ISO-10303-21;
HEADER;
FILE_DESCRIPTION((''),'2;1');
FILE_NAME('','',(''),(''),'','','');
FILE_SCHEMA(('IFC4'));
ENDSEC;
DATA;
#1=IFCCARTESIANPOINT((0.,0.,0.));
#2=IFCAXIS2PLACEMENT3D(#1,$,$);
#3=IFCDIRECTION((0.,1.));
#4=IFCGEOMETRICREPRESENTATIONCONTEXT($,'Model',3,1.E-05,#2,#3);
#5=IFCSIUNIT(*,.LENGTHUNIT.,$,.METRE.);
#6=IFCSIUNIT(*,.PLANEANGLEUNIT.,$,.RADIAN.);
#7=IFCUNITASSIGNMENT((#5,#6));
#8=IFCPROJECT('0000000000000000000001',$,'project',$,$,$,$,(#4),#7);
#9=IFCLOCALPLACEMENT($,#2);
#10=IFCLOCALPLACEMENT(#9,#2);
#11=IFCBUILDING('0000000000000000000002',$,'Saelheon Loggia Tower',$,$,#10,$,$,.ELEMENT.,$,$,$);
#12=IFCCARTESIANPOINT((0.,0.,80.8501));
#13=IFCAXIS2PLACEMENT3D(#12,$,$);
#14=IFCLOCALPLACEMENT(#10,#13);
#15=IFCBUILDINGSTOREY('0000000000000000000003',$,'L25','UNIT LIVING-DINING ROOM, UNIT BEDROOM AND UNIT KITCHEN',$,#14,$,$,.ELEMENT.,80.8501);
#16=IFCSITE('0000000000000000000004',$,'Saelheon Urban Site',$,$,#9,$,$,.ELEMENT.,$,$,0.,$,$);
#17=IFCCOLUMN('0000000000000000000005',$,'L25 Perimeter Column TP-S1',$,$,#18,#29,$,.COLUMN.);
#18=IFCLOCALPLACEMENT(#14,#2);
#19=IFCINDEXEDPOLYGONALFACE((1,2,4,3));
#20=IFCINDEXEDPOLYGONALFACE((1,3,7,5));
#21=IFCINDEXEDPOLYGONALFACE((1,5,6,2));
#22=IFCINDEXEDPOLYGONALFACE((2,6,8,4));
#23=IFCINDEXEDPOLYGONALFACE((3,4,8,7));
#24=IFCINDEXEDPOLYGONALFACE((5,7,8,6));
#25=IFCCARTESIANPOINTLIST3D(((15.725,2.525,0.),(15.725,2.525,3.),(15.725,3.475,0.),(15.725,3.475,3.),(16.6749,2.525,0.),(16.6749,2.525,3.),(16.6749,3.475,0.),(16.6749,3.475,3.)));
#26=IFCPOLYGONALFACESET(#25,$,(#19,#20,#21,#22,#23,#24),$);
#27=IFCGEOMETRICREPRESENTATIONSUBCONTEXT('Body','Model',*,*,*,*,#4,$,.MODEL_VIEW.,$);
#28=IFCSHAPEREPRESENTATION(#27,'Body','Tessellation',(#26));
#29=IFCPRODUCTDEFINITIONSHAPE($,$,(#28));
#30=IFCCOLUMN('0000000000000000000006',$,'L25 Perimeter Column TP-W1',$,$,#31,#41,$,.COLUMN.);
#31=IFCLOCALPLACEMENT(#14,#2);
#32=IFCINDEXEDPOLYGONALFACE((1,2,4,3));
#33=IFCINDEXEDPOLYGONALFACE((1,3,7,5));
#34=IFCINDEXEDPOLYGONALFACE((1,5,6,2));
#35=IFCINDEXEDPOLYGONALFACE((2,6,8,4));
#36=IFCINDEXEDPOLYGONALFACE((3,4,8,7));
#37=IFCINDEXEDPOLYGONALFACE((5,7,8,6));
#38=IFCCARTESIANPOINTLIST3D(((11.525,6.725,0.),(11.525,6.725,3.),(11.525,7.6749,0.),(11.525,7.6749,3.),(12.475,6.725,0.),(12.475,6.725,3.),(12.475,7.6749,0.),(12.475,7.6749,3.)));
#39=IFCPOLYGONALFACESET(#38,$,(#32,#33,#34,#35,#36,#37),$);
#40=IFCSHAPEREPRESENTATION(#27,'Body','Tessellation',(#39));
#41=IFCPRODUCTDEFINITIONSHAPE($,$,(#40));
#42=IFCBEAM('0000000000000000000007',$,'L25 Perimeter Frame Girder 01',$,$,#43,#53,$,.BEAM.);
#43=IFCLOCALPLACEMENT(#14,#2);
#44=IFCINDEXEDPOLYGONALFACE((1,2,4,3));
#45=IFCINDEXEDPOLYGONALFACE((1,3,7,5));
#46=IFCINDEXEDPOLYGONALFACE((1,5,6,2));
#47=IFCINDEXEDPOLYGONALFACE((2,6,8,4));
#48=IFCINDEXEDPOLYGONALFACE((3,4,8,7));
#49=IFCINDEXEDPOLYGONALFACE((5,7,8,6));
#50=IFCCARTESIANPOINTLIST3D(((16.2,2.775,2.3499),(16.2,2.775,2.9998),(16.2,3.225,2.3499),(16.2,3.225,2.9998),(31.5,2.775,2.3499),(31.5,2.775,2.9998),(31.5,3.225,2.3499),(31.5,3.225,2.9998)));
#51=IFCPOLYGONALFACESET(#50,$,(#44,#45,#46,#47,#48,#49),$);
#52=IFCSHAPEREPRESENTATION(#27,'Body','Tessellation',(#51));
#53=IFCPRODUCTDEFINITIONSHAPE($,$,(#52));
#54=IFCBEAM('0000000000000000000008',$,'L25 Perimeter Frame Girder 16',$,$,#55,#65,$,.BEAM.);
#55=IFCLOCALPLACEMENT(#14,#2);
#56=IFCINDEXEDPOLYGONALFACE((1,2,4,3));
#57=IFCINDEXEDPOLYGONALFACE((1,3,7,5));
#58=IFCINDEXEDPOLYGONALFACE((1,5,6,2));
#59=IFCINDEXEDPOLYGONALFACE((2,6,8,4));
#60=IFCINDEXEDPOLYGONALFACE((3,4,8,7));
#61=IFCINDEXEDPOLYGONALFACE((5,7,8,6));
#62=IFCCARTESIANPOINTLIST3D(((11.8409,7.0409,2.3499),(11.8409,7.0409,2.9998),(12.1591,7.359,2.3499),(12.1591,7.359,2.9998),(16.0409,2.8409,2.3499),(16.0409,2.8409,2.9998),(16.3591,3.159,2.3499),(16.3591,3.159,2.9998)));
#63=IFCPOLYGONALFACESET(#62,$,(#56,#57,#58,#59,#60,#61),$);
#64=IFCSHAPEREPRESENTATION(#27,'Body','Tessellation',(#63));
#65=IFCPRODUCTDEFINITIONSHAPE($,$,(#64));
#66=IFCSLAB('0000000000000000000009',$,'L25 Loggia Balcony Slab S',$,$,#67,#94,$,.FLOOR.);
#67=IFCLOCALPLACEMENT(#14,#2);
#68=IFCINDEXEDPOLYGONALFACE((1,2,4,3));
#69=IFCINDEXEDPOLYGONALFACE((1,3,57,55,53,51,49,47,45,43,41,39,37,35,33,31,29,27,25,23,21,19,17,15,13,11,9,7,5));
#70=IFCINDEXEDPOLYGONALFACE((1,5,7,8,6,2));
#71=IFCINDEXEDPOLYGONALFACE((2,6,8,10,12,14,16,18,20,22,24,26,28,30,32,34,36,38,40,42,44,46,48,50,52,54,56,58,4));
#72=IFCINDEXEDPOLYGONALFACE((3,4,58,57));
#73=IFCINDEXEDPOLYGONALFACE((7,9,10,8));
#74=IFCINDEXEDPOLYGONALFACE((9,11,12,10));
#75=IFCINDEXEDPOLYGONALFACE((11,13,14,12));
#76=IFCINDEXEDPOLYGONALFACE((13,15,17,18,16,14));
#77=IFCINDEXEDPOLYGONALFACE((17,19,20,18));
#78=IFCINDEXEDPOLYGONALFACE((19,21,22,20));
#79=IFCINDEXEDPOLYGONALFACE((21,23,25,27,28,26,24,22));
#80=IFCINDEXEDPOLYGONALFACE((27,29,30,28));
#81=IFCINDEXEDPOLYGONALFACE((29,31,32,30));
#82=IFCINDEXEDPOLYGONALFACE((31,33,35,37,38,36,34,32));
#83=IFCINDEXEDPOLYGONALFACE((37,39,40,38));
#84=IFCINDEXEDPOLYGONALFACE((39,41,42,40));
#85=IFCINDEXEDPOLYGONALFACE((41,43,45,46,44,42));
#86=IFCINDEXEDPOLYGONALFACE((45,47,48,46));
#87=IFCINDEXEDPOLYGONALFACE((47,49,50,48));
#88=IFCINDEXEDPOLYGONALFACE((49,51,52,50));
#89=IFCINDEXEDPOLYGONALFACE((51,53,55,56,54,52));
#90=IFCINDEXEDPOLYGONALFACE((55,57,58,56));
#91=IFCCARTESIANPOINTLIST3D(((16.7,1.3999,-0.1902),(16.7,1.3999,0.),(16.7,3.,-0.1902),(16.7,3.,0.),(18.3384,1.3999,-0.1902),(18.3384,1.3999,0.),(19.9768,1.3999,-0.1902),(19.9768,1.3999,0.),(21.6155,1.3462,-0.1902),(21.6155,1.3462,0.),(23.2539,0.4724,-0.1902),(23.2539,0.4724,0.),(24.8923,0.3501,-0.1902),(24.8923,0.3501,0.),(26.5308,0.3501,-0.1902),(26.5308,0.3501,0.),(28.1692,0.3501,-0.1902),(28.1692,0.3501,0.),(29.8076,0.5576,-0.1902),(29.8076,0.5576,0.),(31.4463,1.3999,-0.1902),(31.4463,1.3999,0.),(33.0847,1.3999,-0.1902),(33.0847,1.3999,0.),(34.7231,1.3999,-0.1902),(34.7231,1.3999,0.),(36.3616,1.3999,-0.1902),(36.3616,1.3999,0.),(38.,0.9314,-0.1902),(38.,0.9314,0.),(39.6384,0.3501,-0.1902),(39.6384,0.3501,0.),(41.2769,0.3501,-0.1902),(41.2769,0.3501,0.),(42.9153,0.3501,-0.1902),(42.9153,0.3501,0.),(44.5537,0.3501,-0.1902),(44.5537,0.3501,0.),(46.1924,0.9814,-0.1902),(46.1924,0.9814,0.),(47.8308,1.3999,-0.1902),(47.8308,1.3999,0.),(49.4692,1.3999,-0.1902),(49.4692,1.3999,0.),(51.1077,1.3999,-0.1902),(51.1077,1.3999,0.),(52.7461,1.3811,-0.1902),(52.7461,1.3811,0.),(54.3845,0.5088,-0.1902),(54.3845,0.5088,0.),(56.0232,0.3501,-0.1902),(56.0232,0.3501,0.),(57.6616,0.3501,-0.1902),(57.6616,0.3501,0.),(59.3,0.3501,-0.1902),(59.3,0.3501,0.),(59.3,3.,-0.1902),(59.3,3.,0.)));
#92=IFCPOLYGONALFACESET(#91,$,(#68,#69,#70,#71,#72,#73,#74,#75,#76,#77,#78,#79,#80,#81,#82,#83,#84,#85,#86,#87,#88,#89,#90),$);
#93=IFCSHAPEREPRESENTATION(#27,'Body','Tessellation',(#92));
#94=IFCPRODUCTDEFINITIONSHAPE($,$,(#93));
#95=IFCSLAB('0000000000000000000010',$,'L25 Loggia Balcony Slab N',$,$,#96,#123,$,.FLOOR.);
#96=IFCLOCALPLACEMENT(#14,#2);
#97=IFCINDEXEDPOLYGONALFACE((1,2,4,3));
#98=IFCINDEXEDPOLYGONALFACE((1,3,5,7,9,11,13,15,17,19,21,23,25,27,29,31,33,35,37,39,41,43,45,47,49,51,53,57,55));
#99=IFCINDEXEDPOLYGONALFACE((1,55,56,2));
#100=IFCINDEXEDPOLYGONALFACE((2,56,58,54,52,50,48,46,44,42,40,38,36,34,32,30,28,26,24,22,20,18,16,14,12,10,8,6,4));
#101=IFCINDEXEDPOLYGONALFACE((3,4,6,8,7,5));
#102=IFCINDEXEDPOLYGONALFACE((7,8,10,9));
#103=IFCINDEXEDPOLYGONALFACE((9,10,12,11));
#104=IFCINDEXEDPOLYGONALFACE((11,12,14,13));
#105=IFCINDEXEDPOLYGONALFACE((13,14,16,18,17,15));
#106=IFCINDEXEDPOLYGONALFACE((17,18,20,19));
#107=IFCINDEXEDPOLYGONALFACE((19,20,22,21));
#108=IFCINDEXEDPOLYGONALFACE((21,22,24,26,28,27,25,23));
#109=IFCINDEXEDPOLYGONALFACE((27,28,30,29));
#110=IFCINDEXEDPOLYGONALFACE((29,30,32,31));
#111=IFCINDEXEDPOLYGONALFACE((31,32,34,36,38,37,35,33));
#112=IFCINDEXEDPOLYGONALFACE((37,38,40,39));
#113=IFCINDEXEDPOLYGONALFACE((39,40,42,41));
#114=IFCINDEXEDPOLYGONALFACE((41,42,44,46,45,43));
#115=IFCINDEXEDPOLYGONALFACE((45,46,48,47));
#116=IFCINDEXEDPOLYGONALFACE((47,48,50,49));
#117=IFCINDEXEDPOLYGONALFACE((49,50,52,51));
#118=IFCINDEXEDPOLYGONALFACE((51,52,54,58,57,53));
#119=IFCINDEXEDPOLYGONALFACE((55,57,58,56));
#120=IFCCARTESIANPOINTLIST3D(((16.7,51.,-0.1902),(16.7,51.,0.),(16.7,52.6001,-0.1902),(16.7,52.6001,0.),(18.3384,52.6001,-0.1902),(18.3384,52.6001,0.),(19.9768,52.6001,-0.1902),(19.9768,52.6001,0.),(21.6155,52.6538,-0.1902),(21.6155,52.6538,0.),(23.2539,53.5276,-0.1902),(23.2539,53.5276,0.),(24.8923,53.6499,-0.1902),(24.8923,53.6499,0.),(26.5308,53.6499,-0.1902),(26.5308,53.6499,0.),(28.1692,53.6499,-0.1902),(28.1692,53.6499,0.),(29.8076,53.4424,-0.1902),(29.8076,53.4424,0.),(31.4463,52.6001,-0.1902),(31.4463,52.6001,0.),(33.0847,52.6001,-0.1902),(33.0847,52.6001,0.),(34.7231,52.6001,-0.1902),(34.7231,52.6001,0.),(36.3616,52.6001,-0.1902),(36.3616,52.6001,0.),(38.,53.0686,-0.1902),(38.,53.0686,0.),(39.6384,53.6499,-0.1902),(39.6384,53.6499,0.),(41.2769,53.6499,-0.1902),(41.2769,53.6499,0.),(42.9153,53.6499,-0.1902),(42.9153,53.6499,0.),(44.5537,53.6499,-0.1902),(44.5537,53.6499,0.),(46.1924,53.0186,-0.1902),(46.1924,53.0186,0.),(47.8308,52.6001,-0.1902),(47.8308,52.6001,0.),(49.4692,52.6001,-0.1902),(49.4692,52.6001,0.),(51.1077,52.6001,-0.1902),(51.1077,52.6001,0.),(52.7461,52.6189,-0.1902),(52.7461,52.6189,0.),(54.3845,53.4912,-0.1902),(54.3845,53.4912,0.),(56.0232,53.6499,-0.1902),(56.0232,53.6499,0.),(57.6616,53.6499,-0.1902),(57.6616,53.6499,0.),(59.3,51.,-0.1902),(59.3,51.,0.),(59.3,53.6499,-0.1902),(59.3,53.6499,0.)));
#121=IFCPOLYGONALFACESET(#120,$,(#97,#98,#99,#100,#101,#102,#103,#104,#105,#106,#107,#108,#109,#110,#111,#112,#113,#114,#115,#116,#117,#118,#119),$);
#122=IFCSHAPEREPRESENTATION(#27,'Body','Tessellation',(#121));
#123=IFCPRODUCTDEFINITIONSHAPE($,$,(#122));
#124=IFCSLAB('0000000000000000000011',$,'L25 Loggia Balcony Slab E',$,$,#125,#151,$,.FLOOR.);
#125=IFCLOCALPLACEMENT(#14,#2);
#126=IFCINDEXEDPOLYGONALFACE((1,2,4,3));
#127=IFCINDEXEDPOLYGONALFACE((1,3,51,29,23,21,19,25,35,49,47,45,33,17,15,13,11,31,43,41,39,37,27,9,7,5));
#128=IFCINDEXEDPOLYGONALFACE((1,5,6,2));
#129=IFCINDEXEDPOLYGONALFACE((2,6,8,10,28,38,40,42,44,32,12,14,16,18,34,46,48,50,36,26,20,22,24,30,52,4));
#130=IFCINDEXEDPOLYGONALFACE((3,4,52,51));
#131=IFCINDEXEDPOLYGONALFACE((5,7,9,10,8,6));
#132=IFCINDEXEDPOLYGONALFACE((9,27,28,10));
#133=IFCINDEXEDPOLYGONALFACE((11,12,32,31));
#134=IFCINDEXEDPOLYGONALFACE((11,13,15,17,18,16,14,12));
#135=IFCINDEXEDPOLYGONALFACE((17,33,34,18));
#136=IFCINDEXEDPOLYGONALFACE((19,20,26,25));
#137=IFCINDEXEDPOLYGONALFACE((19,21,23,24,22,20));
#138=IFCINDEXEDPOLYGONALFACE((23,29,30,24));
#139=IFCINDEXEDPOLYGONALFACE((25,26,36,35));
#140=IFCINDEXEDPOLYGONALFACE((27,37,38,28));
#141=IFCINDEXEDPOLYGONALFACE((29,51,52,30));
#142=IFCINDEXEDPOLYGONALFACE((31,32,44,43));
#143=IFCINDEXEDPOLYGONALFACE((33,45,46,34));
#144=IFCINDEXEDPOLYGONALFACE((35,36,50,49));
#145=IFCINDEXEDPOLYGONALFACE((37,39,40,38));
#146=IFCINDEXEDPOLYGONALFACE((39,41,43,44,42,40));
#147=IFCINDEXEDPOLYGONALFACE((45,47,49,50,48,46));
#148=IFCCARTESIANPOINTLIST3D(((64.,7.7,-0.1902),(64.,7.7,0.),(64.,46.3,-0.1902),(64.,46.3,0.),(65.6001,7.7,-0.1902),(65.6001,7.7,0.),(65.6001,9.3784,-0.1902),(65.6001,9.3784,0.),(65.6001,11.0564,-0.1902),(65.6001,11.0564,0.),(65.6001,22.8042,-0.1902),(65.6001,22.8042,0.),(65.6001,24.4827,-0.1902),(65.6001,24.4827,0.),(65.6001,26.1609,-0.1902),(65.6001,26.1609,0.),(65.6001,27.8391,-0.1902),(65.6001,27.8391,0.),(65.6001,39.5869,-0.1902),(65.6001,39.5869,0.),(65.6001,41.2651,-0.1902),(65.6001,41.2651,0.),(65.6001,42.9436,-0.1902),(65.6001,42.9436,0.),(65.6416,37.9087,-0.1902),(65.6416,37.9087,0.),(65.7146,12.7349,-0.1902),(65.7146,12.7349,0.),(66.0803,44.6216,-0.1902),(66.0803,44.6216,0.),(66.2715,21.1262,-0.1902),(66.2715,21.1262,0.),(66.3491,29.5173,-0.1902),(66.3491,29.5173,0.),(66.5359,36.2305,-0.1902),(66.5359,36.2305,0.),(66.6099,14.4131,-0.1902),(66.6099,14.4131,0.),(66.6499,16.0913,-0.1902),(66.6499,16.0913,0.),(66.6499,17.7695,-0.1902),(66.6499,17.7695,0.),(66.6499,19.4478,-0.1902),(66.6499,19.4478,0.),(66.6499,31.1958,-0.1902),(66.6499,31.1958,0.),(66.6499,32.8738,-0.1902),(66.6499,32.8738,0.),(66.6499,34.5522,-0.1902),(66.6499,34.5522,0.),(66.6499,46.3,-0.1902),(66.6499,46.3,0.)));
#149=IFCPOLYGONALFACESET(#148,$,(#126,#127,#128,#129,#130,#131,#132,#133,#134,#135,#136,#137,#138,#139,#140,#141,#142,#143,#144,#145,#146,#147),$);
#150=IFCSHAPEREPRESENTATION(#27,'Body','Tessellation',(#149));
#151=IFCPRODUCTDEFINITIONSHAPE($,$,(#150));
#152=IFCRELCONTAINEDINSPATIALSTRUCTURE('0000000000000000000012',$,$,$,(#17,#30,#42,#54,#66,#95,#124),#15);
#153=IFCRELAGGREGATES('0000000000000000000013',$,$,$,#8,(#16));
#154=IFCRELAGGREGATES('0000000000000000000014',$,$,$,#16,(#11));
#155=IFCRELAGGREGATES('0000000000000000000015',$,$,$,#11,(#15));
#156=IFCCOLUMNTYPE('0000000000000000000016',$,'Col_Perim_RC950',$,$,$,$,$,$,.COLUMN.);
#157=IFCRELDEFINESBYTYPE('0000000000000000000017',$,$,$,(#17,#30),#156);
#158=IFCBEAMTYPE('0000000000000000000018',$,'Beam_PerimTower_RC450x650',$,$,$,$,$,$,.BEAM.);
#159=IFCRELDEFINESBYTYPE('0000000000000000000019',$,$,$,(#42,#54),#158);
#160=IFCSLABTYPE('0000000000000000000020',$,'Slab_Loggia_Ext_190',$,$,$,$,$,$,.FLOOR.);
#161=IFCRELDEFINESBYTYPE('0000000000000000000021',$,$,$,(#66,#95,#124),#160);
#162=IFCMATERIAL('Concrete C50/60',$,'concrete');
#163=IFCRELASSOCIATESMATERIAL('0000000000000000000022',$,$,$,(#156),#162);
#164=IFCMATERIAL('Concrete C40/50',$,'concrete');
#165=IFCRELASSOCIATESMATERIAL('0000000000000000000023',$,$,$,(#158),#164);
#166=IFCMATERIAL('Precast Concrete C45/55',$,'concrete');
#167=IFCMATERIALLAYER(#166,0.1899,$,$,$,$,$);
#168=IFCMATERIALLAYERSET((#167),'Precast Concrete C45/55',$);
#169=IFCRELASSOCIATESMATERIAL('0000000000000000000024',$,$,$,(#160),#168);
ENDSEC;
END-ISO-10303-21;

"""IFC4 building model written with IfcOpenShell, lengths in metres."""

from ifc_helpers import new_model, si_unit, direction, frame, origin, origin_2d, place, context, subcontext, project, spatial, polyline, rectangle, outline, extrude, source, transform, mapped, material, layer, layer_set, material_profile, profile_set, type_object, element, save


model = new_model("IFC4")

# Units and contexts
model_context = context("Model", 3, precision=1e-05, world=origin(), true_north=direction((0.0, 1.0)))
body_context = subcontext(model_context, "Body", "Model", "MODEL_VIEW")
ifc_project = project(units=[si_unit("LENGTHUNIT", "METRE"), si_unit("PLANEANGLEUNIT", "RADIAN")], contexts=[model_context])

# Site, building, storey
site_placement = place(None, origin())
site = spatial("IfcSite", under=ifc_project, at=site_placement, Name="Saelheon Urban Site", CompositionType="ELEMENT", RefElevation=0.0)
building_placement = place(site_placement, origin())
building = spatial("IfcBuilding", under=site, at=building_placement, Name="Saelheon Loggia Tower", CompositionType="ELEMENT")
storey_placement = place(building_placement, frame((0.0, 0.0, 80.8501)))
storey = spatial("IfcBuildingStorey", under=building, at=storey_placement, Name="L25", Description="UNIT LIVING-DINING ROOM, UNIT BEDROOM AND UNIT KITCHEN", CompositionType="ELEMENT", Elevation=80.8501)

# Columns
ifc_material_1 = material(Name="Concrete C50/60", Category="concrete")
ifc_material_profile_1 = material_profile(ifc_material_1, rectangle(XDim=0.95, YDim=0.95, at=origin_2d()), Name="RC-950x950")
ifc_profile_set_1 = profile_set([ifc_material_profile_1], Name="Concrete C50/60")
column_type = type_object("IfcColumnType", Name="Col_Perim_RC950", PredefinedType="COLUMN", material=ifc_profile_set_1)
shared_shape_1 = source(origin(), body_context, "Body", "SweptSolid", [
    extrude(rectangle(XDim=0.95, YDim=0.95, at=origin_2d()), origin(), (0.0, 0.0, 1.0), 3.0),
])
for number, where, z_axis, x_axis, name in (
    (1, (16.2, 3.0, 0.0), (0.0, 0.0, 1.0), (1.0, 0.0, 0.0), "L25 Perimeter Column TP-S1"),
    (2, (12.0, 7.2, 0.0), (0.0, 0.0, 1.0), (1.0, 0.0, 0.0), "L25 Perimeter Column TP-W1"),
):
    element("IfcColumn", number, at=place(storey_placement, frame(where, z_axis=z_axis, x_axis=x_axis)), inside=storey, type_object=column_type, Name=name, PredefinedType="COLUMN", context=body_context, shape_type="MappedRepresentation", body=[
        mapped(shared_shape_1, transform((0.0, 0.0, 0.0), scale=1.0)),
    ])

# Beams
ifc_material_2 = material(Name="Concrete C40/50", Category="concrete")
ifc_material_profile_2 = material_profile(ifc_material_2, rectangle(XDim=0.45, YDim=0.6499, at=origin_2d()), Name="RC-450x650")
ifc_profile_set_2 = profile_set([ifc_material_profile_2], Name="Concrete C40/50")
beam_type = type_object("IfcBeamType", Name="Beam_PerimTower_RC450x650", PredefinedType="BEAM", material=ifc_profile_set_2)
shared_shape_2 = source(origin(), body_context, "Body", "SweptSolid", [
    extrude(rectangle(XDim=0.45, YDim=0.6499, at=origin_2d()), origin(), (0.0, 0.0, 1.0), 15.3),
])
beam_1_placement = place(storey_placement, frame((16.2, 3.0, 2.6748), z_axis=(1.0, 0.0, 0.0), x_axis=(0.0, 1.0, 0.0)))
element("IfcBeam", 3, at=beam_1_placement, inside=storey, type_object=beam_type, Name="L25 Perimeter Frame Girder 01", PredefinedType="BEAM", context=body_context, shape_type="MappedRepresentation", body=[
    mapped(shared_shape_2, transform((0.0, 0.0, 0.0), scale=1.0)),
])
shared_shape_3 = source(origin(), body_context, "Body", "SweptSolid", [
    extrude(rectangle(XDim=0.45, YDim=0.6499, at=origin_2d()), origin(), (0.0, 0.0, 1.0), 5.9397),
])
beam_2_placement = place(storey_placement, frame((12.0, 7.2, 2.6748), z_axis=(0.707107, -0.707107, 0.0), x_axis=(0.707107, 0.707107, 0.0)))
element("IfcBeam", 4, at=beam_2_placement, inside=storey, type_object=beam_type, Name="L25 Perimeter Frame Girder 16", PredefinedType="BEAM", context=body_context, shape_type="MappedRepresentation", body=[
    mapped(shared_shape_3, transform((0.0, 0.0, 0.0), scale=1.0)),
])

# Slabs
ifc_material_3 = material(Name="Precast Concrete C45/55", Category="concrete")
ifc_layer_1 = layer(ifc_material_3, 0.1899)
ifc_layer_set_1 = layer_set([ifc_layer_1], Name="Precast Concrete C45/55")
slab_type_1 = type_object("IfcSlabType", Name="Slab_Loggia_Ext_190", PredefinedType="FLOOR", material=ifc_layer_set_1)
slab_1_placement = place(storey_placement, frame((0.0, 0.0, -0.1902)))
element("IfcSlab", 5, at=slab_1_placement, inside=storey, type_object=slab_type_1, Name="L25 Loggia Balcony Slab S", PredefinedType="FLOOR", context=body_context, shape_type="SweptSolid", body=[
    extrude(outline(polyline([(16.7, 1.3999), (18.3384, 1.3999), (19.9768, 1.3999), (21.6155, 1.3462), (23.2539, 0.4724), (24.8923, 0.3501), (26.5308, 0.3501), (28.1692, 0.3501), (29.8076, 0.5576), (31.4463, 1.3999), (33.0847, 1.3999), (34.7231, 1.3999), (36.3616, 1.3999), (38.0, 0.9314), (39.6384, 0.3501), (41.2769, 0.3501), (42.9153, 0.3501), (44.5537, 0.3501), (46.1924, 0.9814), (47.8308, 1.3999), (49.4692, 1.3999), (51.1077, 1.3999), (52.7461, 1.3811), (54.3845, 0.5088), (56.0232, 0.3501), (57.6616, 0.3501), (59.3, 0.3501), (59.3, 3.0), (16.7, 3.0), (16.7, 1.3999)])), origin(), (0.0, 0.0, 1.0), 0.1902),
])
slab_2_placement = place(storey_placement, frame((0.0, 0.0, -0.1902)))
element("IfcSlab", 6, at=slab_2_placement, inside=storey, type_object=slab_type_1, Name="L25 Loggia Balcony Slab N", PredefinedType="FLOOR", context=body_context, shape_type="SweptSolid", body=[
    extrude(outline(polyline([(16.7, 51.0), (59.3, 51.0), (59.3, 53.6499), (57.6616, 53.6499), (56.0232, 53.6499), (54.3845, 53.4912), (52.7461, 52.6189), (51.1077, 52.6001), (49.4692, 52.6001), (47.8308, 52.6001), (46.1924, 53.0186), (44.5537, 53.6499), (42.9153, 53.6499), (41.2769, 53.6499), (39.6384, 53.6499), (38.0, 53.0686), (36.3616, 52.6001), (34.7231, 52.6001), (33.0847, 52.6001), (31.4463, 52.6001), (29.8076, 53.4424), (28.1692, 53.6499), (26.5308, 53.6499), (24.8923, 53.6499), (23.2539, 53.5276), (21.6155, 52.6538), (19.9768, 52.6001), (18.3384, 52.6001), (16.7, 52.6001), (16.7, 51.0)])), origin(), (0.0, 0.0, 1.0), 0.1902),
])
slab_3_placement = place(storey_placement, frame((0.0, 0.0, -0.1902)))
element("IfcSlab", 7, at=slab_3_placement, inside=storey, type_object=slab_type_1, Name="L25 Loggia Balcony Slab E", PredefinedType="FLOOR", context=body_context, shape_type="SweptSolid", body=[
    extrude(outline(polyline([(64.0, 7.7), (65.6001, 7.7), (65.6001, 9.3784), (65.6001, 11.0564), (65.7146, 12.7349), (66.6099, 14.4131), (66.6499, 16.0913), (66.6499, 17.7695), (66.6499, 19.4478), (66.2715, 21.1262), (65.6001, 22.8042), (65.6001, 24.4827), (65.6001, 26.1609), (65.6001, 27.8391), (66.3491, 29.5173), (66.6499, 31.1958), (66.6499, 32.8738), (66.6499, 34.5522), (66.5359, 36.2305), (65.6416, 37.9087), (65.6001, 39.5869), (65.6001, 41.2651), (65.6001, 42.9436), (66.0803, 44.6216), (66.6499, 46.3), (64.0, 46.3), (64.0, 7.7)])), origin(), (0.0, 0.0, 1.0), 0.1902),
])

save(model, "model.ifc")
